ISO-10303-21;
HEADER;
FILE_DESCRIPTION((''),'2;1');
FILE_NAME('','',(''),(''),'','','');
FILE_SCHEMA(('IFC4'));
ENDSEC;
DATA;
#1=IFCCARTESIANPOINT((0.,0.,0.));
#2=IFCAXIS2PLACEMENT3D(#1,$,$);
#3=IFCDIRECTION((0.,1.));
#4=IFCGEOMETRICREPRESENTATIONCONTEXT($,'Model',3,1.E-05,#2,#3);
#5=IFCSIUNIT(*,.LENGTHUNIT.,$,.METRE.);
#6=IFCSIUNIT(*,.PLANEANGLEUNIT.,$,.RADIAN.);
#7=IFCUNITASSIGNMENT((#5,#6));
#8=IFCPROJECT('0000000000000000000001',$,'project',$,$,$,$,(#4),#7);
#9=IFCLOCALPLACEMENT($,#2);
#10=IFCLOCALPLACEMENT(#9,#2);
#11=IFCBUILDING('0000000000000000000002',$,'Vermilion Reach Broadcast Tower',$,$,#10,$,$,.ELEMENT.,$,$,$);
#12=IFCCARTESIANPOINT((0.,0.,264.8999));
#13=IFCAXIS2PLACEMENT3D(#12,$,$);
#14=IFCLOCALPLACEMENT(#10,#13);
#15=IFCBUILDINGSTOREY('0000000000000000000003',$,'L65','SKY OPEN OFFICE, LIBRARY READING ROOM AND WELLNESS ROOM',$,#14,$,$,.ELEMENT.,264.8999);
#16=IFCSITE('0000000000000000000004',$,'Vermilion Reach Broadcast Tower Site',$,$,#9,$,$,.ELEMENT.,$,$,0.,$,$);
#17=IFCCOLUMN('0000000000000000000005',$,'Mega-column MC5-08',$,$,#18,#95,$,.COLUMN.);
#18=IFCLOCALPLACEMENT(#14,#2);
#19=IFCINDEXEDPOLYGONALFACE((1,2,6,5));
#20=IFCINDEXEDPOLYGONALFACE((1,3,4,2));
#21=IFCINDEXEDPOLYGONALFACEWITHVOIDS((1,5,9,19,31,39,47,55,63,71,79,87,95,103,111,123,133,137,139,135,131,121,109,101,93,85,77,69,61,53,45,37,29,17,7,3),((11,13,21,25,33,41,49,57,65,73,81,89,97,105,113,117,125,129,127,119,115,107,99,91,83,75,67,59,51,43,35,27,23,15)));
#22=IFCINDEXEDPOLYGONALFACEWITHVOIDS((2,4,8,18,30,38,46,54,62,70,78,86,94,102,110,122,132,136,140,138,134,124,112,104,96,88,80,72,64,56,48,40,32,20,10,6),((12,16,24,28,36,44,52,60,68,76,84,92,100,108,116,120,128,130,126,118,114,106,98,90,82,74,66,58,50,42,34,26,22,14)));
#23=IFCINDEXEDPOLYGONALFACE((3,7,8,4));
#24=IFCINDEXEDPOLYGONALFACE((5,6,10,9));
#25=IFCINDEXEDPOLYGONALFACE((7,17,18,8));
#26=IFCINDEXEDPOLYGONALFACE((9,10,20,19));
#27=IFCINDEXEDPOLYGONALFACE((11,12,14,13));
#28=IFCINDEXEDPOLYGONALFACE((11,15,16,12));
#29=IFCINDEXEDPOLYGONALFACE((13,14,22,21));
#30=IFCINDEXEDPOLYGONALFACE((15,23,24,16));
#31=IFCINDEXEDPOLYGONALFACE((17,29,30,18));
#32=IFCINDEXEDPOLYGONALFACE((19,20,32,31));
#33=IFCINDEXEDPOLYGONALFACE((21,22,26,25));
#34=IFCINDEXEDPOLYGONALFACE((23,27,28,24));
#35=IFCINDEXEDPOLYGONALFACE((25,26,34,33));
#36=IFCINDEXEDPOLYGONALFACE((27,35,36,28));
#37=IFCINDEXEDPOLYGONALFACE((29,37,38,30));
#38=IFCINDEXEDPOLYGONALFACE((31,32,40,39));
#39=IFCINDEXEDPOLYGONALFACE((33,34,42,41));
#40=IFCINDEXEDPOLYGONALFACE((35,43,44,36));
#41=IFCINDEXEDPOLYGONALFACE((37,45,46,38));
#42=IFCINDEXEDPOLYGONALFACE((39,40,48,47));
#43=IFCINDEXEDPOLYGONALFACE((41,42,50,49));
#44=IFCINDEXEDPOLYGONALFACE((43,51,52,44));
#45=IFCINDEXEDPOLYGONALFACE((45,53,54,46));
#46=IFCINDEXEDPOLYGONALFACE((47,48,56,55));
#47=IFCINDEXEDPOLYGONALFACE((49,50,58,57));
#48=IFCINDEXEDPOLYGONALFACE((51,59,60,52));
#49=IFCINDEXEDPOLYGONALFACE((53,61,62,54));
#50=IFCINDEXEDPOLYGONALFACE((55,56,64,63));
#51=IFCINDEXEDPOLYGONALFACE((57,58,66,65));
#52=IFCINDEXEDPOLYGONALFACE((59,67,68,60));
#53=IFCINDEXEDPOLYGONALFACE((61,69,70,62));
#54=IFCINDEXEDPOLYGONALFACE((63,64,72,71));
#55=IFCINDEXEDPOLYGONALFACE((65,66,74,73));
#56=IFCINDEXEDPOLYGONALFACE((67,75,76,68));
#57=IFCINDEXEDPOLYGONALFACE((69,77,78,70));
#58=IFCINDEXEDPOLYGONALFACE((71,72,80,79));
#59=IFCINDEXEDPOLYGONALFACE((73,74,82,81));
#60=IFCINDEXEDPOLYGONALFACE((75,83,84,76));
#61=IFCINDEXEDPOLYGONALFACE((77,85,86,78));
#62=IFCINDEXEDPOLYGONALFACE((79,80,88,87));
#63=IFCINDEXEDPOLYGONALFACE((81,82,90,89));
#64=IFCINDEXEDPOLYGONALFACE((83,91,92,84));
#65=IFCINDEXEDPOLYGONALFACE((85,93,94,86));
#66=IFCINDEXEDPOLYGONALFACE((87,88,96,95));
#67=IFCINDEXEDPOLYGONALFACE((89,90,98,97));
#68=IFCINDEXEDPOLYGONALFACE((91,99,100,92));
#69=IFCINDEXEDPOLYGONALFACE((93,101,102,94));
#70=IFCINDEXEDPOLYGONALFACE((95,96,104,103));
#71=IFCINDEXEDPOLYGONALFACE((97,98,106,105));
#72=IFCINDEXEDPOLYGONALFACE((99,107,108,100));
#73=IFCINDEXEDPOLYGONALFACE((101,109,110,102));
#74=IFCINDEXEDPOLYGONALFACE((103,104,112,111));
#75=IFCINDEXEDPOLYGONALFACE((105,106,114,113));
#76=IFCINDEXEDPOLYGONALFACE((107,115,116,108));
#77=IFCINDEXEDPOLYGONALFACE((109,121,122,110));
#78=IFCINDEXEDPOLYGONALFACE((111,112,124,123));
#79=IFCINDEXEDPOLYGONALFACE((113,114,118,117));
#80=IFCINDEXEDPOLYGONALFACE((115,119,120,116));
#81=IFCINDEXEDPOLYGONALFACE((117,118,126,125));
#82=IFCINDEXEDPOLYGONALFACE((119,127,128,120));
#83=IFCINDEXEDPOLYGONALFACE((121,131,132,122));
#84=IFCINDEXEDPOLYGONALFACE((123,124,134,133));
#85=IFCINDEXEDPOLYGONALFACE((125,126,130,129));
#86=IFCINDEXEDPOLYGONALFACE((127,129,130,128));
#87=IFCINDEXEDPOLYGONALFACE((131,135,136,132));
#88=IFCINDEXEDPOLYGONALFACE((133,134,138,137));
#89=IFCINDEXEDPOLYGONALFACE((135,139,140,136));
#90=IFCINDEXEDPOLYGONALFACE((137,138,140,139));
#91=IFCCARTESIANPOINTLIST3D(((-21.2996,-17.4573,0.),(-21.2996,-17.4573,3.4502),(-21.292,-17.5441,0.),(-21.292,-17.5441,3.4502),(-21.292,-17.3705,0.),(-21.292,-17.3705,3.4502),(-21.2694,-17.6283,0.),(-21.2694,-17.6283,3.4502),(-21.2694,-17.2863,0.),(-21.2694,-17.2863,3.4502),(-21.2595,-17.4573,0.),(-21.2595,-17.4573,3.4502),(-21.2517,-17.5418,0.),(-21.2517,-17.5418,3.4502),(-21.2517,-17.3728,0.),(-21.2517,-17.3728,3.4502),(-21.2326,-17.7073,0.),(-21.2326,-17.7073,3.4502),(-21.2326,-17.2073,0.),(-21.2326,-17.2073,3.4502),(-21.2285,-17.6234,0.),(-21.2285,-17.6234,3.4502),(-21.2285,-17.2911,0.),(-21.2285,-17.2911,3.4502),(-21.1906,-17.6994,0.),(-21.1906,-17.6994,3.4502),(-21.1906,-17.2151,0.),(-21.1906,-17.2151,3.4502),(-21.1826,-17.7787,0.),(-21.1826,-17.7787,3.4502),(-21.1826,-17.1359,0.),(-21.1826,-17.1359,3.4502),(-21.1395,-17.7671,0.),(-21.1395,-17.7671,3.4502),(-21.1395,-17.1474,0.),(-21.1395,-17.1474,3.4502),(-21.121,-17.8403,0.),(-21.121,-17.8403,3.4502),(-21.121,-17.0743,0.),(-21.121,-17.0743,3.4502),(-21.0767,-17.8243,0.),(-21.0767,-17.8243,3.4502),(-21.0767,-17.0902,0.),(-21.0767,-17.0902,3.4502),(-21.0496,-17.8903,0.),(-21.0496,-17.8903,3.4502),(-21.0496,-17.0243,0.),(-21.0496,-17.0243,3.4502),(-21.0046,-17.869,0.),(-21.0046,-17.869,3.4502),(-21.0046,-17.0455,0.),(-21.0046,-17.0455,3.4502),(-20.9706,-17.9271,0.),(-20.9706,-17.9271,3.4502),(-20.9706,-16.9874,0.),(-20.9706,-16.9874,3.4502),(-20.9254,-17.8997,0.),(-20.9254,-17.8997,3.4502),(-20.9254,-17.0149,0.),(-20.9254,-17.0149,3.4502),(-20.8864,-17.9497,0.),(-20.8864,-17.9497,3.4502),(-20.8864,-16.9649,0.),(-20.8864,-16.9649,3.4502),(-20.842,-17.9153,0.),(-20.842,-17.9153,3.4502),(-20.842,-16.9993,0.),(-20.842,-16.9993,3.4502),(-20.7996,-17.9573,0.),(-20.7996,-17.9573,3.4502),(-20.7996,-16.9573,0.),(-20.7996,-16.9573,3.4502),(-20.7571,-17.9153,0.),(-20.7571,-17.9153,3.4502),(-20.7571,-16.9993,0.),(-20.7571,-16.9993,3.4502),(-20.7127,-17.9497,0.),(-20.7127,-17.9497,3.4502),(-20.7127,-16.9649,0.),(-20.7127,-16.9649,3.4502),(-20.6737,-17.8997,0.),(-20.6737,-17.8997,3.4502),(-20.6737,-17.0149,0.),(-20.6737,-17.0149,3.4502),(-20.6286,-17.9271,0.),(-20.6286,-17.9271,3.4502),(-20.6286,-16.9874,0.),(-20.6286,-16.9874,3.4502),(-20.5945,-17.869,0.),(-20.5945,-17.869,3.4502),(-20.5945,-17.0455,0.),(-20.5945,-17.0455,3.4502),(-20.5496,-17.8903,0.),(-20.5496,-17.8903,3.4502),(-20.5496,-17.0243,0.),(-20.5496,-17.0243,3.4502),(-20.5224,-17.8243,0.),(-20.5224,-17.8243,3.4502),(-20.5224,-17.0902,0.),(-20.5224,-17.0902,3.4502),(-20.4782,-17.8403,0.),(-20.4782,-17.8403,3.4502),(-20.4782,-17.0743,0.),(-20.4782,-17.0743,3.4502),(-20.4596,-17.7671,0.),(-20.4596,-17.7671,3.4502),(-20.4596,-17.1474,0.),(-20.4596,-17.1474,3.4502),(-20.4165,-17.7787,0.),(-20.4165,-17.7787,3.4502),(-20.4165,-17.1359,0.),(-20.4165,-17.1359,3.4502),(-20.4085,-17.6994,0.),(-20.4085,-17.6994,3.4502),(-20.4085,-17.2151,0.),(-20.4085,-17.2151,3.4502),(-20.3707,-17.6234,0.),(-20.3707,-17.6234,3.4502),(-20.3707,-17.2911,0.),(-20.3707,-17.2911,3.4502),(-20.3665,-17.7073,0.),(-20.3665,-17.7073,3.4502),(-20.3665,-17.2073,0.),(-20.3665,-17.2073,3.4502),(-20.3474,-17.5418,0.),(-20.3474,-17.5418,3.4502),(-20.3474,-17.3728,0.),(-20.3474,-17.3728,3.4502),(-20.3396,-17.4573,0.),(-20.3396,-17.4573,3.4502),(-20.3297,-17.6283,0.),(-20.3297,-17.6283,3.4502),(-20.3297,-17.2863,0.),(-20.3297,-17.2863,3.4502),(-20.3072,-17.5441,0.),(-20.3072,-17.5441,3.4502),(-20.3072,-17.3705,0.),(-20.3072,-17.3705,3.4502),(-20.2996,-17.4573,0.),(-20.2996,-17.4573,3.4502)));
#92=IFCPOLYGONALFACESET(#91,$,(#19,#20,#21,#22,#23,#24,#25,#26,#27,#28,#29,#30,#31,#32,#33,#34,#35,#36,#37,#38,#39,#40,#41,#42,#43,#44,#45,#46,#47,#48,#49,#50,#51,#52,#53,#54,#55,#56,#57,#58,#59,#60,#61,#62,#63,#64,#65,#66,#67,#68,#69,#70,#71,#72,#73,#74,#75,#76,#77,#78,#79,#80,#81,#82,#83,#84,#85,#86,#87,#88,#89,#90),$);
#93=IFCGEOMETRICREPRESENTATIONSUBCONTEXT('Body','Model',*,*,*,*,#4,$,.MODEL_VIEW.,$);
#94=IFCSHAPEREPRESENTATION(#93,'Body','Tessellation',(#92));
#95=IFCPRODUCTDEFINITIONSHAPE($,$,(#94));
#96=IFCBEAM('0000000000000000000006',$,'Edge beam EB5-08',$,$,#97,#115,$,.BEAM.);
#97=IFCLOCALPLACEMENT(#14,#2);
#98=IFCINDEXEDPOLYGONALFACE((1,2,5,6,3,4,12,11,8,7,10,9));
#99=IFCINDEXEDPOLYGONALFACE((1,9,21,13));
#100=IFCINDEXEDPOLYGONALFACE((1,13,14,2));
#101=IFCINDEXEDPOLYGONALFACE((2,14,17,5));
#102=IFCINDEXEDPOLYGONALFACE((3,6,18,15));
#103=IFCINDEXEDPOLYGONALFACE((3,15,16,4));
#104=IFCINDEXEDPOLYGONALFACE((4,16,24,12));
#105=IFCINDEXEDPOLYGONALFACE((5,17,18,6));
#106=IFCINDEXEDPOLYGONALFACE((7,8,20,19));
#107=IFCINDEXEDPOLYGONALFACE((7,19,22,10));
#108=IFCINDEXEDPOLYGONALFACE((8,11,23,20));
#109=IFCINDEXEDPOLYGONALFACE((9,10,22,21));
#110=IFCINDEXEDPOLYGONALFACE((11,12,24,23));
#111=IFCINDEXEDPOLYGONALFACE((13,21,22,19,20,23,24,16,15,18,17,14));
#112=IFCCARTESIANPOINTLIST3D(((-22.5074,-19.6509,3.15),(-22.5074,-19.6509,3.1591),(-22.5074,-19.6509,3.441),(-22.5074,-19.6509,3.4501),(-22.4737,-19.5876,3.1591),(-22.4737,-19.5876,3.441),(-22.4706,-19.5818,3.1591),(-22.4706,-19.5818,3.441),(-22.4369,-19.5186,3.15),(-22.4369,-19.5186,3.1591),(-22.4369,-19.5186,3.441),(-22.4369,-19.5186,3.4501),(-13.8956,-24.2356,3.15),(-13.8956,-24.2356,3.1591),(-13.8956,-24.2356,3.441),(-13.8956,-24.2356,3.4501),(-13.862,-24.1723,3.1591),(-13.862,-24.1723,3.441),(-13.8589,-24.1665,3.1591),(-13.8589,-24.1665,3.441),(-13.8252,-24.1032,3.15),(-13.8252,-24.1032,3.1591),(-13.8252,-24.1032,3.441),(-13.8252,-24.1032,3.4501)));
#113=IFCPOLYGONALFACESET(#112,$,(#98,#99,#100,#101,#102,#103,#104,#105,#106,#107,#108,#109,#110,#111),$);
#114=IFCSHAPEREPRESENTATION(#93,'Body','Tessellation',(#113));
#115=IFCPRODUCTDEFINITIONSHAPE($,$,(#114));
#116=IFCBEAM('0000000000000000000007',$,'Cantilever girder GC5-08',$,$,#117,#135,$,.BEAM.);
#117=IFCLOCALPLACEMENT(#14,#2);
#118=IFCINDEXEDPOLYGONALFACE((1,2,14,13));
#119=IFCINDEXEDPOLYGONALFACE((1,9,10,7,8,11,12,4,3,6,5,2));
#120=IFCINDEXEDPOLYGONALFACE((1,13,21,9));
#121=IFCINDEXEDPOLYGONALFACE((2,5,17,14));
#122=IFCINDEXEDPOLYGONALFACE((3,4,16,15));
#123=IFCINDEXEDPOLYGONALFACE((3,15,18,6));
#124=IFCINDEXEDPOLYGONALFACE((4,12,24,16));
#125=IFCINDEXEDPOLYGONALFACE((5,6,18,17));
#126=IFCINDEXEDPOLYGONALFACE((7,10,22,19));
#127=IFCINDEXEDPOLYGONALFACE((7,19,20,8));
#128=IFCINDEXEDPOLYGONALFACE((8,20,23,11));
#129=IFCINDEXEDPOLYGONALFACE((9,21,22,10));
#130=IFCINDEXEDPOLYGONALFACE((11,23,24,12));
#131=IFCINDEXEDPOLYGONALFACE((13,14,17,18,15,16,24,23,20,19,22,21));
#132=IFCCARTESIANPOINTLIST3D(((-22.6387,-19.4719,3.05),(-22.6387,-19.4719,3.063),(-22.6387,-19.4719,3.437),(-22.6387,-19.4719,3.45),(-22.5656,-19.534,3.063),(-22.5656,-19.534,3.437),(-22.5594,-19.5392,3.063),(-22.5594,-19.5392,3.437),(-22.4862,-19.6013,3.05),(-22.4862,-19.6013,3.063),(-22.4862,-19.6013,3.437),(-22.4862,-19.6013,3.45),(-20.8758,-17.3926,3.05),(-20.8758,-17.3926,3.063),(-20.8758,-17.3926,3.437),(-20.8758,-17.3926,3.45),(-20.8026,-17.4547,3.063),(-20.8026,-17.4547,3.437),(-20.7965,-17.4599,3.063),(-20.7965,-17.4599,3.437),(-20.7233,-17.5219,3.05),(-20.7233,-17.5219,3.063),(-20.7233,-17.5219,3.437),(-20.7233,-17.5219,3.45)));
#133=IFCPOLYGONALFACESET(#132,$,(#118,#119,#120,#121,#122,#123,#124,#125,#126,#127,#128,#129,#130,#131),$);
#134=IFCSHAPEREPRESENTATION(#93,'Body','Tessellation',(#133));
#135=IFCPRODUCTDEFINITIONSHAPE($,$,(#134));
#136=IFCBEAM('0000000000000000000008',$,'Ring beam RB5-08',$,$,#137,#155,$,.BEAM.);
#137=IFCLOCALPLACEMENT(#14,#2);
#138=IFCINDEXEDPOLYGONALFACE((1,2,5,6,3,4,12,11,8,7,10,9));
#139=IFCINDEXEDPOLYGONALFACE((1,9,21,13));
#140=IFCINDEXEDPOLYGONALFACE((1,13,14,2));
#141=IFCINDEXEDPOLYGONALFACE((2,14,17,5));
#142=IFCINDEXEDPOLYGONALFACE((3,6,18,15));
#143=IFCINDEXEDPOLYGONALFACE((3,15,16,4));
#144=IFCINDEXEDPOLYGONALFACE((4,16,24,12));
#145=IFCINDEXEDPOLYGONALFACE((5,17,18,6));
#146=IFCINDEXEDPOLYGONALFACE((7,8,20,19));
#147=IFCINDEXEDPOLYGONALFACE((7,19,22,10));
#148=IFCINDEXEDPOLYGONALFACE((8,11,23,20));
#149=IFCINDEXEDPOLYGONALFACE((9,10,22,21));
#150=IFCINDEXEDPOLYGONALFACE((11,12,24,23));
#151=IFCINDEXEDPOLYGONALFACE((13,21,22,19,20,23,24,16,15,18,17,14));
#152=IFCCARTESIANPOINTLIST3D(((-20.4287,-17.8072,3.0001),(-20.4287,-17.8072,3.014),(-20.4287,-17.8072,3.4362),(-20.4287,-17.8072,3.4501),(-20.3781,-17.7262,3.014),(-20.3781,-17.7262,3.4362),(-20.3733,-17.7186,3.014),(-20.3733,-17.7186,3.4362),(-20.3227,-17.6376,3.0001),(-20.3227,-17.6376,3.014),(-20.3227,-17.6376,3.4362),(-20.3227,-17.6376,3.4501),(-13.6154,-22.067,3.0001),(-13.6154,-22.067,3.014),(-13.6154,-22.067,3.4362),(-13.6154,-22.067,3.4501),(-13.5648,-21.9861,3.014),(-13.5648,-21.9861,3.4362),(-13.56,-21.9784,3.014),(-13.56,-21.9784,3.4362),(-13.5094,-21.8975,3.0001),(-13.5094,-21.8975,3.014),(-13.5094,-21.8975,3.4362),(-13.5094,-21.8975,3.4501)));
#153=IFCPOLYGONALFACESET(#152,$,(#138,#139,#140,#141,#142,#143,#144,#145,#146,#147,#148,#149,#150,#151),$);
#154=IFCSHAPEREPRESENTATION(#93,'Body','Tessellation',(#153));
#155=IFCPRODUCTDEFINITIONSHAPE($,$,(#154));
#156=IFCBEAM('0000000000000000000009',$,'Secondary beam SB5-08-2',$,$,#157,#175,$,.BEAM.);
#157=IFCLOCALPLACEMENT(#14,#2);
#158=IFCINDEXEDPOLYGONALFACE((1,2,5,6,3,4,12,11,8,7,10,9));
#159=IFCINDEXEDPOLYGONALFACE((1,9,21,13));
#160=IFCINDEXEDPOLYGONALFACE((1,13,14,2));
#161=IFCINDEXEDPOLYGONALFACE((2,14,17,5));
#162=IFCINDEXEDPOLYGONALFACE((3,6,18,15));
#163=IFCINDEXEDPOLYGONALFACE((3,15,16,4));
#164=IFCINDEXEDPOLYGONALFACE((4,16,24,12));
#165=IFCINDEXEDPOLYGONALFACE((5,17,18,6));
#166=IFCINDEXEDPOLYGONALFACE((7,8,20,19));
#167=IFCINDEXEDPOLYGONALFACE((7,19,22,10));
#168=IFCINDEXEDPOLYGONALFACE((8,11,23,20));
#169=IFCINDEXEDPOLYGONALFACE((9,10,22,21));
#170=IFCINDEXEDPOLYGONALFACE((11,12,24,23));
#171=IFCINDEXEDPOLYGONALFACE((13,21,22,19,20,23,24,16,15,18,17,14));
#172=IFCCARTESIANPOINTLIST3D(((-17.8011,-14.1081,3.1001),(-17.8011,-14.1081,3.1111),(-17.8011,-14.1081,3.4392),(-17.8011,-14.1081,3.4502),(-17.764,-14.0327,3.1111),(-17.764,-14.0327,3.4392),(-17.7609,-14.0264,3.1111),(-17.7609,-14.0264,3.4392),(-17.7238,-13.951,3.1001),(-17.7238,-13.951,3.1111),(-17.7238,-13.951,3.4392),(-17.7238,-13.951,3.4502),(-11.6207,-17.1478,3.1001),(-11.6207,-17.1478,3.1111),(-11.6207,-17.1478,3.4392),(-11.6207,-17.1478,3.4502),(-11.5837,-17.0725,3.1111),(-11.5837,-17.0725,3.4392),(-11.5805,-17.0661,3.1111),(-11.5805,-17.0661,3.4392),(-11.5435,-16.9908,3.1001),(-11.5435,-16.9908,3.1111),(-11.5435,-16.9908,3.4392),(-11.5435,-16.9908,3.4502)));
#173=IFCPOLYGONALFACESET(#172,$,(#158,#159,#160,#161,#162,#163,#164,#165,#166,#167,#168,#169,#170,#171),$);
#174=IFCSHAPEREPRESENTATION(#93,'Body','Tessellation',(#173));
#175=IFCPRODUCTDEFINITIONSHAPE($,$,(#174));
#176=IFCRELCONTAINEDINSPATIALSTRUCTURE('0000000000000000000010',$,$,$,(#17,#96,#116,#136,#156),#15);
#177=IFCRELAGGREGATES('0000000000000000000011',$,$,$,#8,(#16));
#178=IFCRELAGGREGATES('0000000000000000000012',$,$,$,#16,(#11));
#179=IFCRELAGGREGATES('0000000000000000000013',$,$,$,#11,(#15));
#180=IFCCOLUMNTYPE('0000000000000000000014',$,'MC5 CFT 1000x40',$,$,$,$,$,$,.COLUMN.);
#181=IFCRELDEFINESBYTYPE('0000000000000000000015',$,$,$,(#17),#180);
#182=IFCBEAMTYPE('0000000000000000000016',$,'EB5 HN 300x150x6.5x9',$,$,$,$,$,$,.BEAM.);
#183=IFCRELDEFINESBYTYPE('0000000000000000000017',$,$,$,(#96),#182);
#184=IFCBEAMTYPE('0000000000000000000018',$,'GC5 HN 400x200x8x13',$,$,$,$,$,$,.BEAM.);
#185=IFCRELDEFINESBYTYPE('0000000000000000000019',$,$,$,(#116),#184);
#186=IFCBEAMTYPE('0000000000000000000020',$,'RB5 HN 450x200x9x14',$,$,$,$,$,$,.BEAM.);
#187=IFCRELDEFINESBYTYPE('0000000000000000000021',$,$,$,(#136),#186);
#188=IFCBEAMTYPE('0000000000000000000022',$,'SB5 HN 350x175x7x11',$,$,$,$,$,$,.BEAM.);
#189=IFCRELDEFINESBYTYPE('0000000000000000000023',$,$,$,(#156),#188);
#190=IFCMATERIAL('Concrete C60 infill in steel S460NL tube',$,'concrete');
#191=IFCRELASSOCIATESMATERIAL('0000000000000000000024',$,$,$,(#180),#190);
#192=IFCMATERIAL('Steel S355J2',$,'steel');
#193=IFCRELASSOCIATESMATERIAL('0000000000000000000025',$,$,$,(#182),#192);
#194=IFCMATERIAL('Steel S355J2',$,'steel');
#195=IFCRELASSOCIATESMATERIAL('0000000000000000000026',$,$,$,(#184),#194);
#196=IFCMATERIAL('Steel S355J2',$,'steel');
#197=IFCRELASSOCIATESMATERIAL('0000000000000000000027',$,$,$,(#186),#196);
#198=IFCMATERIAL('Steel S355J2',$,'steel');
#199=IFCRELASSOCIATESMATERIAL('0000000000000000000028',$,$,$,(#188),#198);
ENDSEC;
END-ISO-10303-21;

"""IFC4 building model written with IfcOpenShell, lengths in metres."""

from ifc_helpers import new_model, si_unit, direction, frame, origin, origin_2d, place, context, subcontext, project, spatial, hollow_circle, i_section, extrude, material, material_profile, profile_set, type_object, element, save


model = new_model("IFC4")

# Units and contexts
model_context = context("Model", 3, precision=1e-05, world=origin(), true_north=direction((0.0, 1.0)))
body_context = subcontext(model_context, "Body", "Model", "MODEL_VIEW")
ifc_project = project(units=[si_unit("LENGTHUNIT", "METRE"), si_unit("PLANEANGLEUNIT", "RADIAN")], contexts=[model_context])

# Site, building, storey
site_placement = place(None, origin())
site = spatial("IfcSite", under=ifc_project, at=site_placement, Name="Vermilion Reach Broadcast Tower Site", CompositionType="ELEMENT", RefElevation=0.0)
building_placement = place(site_placement, origin())
building = spatial("IfcBuilding", under=site, at=building_placement, Name="Vermilion Reach Broadcast Tower", CompositionType="ELEMENT")
storey_placement = place(building_placement, frame((0.0, 0.0, 264.8999)))
storey = spatial("IfcBuildingStorey", under=building, at=storey_placement, Name="L65", Description="SKY OPEN OFFICE, LIBRARY READING ROOM AND WELLNESS ROOM", CompositionType="ELEMENT", Elevation=264.8999)

# Column
ifc_material_1 = material(Name="Concrete C60 infill in steel S460NL tube", Category="concrete")
ifc_material_profile_1 = material_profile(ifc_material_1, hollow_circle(Radius=0.5, WallThickness=0.04, at=origin_2d()), Name="Concrete C60 infill in steel S460NL tube CFT 1000x40")
ifc_profile_set_1 = profile_set([ifc_material_profile_1], Name="Concrete C60 infill in steel S460NL tube")
column_type = type_object("IfcColumnType", Name="MC5 CFT 1000x40", PredefinedType="COLUMN", material=ifc_profile_set_1)
column_placement = place(storey_placement, frame((-20.7996, -17.4573, 0.0), z_axis=(0.0, 0.0, 1.0), x_axis=(1.0, 0.0, 0.0)))
element("IfcColumn", 1, at=column_placement, inside=storey, type_object=column_type, Name="Mega-column MC5-08", PredefinedType="COLUMN", context=body_context, shape_type="SweptSolid", body=[
    extrude(hollow_circle(Radius=0.5, WallThickness=0.04, at=origin_2d()), origin(), (0.0, 0.0, 1.0), 3.4502),
])

# Beams
ifc_material_2 = material(Name="Steel S355J2", Category="steel")
ifc_material_profile_2 = material_profile(ifc_material_2, i_section(OverallWidth=0.1499, OverallDepth=0.3, WebThickness=0.0066, FlangeThickness=0.009, at=origin_2d()), Name="S355J2 HN 300x150x6.5x9")
ifc_profile_set_2 = profile_set([ifc_material_profile_2], Name="Steel S355J2")
beam_type_1 = type_object("IfcBeamType", Name="EB5 HN 300x150x6.5x9", PredefinedType="BEAM", material=ifc_profile_set_2)
beam_1_placement = place(storey_placement, frame((-22.4722, -19.5847, 3.3), z_axis=(0.882704, -0.46993, 0.0), x_axis=(0.46993, 0.882704, 0.0)))
element("IfcBeam", 2, at=beam_1_placement, inside=storey, type_object=beam_type_1, Name="Edge beam EB5-08", PredefinedType="BEAM", context=body_context, shape_type="SweptSolid", body=[
    extrude(i_section(OverallWidth=0.1499, OverallDepth=0.3, WebThickness=0.0066, FlangeThickness=0.009, at=origin_2d()), origin(), (0.0, 0.0, 1.0), 9.7561),
])
ifc_material_3 = material(Name="Steel S355J2", Category="steel")
ifc_material_profile_3 = material_profile(ifc_material_3, i_section(OverallWidth=0.2, OverallDepth=0.3999, WebThickness=0.0081, FlangeThickness=0.0129, at=origin_2d()), Name="S355J2 HN 400x200x8x13")
ifc_profile_set_3 = profile_set([ifc_material_profile_3], Name="Steel S355J2")
beam_type_2 = type_object("IfcBeamType", Name="GC5 HN 400x200x8x13", PredefinedType="BEAM", material=ifc_profile_set_3)
beam_2_placement = place(storey_placement, frame((-20.7996, -17.4573, 3.25), z_axis=(-0.646689, -0.762754, 0.0), x_axis=(0.762754, -0.646689, 0.0)))
element("IfcBeam", 3, at=beam_2_placement, inside=storey, type_object=beam_type_2, Name="Cantilever girder GC5-08", PredefinedType="BEAM", context=body_context, shape_type="SweptSolid", body=[
    extrude(i_section(OverallWidth=0.2, OverallDepth=0.3999, WebThickness=0.0081, FlangeThickness=0.0129, at=origin_2d()), origin(), (0.0, 0.0, 1.0), 2.7261),
])
ifc_material_4 = material(Name="Steel S355J2", Category="steel")
ifc_material_profile_4 = material_profile(ifc_material_4, i_section(OverallWidth=0.2, OverallDepth=0.45, WebThickness=0.009, FlangeThickness=0.0139, at=origin_2d()), Name="S355J2 HN 450x200x9x14")
ifc_profile_set_4 = profile_set([ifc_material_profile_4], Name="Steel S355J2")
beam_type_3 = type_object("IfcBeamType", Name="RB5 HN 450x200x9x14", PredefinedType="BEAM", material=ifc_profile_set_4)
beam_3_placement = place(storey_placement, frame((-20.3757, -17.7224, 3.2251), z_axis=(0.847915, -0.530133, 0.0), x_axis=(0.530133, 0.847915, 0.0)))
element("IfcBeam", 4, at=beam_3_placement, inside=storey, type_object=beam_type_3, Name="Ring beam RB5-08", PredefinedType="BEAM", context=body_context, shape_type="SweptSolid", body=[
    extrude(i_section(OverallWidth=0.2, OverallDepth=0.45, WebThickness=0.009, FlangeThickness=0.0139, at=origin_2d()), origin(), (0.0, 0.0, 1.0), 8.0354),
])
ifc_material_5 = material(Name="Steel S355J2", Category="steel")
ifc_material_profile_5 = material_profile(ifc_material_5, i_section(OverallWidth=0.175, OverallDepth=0.3501, WebThickness=0.0071, FlangeThickness=0.011, at=origin_2d()), Name="S355J2 HN 350x175x7x11")
ifc_profile_set_5 = profile_set([ifc_material_profile_5], Name="Steel S355J2")
beam_type_4 = type_object("IfcBeamType", Name="SB5 HN 350x175x7x11", PredefinedType="BEAM", material=ifc_profile_set_5)
beam_4_placement = place(storey_placement, frame((-17.7625, -14.0295, 3.2751), z_axis=(0.897336, -0.441348, 0.0), x_axis=(0.441348, 0.897336, 0.0)))
element("IfcBeam", 5, at=beam_4_placement, inside=storey, type_object=beam_type_4, Name="Secondary beam SB5-08-2", PredefinedType="BEAM", context=body_context, shape_type="SweptSolid", body=[
    extrude(i_section(OverallWidth=0.175, OverallDepth=0.3501, WebThickness=0.0071, FlangeThickness=0.011, at=origin_2d()), origin(), (0.0, 0.0, 1.0), 6.8875),
])

save(model, "model.ifc")
